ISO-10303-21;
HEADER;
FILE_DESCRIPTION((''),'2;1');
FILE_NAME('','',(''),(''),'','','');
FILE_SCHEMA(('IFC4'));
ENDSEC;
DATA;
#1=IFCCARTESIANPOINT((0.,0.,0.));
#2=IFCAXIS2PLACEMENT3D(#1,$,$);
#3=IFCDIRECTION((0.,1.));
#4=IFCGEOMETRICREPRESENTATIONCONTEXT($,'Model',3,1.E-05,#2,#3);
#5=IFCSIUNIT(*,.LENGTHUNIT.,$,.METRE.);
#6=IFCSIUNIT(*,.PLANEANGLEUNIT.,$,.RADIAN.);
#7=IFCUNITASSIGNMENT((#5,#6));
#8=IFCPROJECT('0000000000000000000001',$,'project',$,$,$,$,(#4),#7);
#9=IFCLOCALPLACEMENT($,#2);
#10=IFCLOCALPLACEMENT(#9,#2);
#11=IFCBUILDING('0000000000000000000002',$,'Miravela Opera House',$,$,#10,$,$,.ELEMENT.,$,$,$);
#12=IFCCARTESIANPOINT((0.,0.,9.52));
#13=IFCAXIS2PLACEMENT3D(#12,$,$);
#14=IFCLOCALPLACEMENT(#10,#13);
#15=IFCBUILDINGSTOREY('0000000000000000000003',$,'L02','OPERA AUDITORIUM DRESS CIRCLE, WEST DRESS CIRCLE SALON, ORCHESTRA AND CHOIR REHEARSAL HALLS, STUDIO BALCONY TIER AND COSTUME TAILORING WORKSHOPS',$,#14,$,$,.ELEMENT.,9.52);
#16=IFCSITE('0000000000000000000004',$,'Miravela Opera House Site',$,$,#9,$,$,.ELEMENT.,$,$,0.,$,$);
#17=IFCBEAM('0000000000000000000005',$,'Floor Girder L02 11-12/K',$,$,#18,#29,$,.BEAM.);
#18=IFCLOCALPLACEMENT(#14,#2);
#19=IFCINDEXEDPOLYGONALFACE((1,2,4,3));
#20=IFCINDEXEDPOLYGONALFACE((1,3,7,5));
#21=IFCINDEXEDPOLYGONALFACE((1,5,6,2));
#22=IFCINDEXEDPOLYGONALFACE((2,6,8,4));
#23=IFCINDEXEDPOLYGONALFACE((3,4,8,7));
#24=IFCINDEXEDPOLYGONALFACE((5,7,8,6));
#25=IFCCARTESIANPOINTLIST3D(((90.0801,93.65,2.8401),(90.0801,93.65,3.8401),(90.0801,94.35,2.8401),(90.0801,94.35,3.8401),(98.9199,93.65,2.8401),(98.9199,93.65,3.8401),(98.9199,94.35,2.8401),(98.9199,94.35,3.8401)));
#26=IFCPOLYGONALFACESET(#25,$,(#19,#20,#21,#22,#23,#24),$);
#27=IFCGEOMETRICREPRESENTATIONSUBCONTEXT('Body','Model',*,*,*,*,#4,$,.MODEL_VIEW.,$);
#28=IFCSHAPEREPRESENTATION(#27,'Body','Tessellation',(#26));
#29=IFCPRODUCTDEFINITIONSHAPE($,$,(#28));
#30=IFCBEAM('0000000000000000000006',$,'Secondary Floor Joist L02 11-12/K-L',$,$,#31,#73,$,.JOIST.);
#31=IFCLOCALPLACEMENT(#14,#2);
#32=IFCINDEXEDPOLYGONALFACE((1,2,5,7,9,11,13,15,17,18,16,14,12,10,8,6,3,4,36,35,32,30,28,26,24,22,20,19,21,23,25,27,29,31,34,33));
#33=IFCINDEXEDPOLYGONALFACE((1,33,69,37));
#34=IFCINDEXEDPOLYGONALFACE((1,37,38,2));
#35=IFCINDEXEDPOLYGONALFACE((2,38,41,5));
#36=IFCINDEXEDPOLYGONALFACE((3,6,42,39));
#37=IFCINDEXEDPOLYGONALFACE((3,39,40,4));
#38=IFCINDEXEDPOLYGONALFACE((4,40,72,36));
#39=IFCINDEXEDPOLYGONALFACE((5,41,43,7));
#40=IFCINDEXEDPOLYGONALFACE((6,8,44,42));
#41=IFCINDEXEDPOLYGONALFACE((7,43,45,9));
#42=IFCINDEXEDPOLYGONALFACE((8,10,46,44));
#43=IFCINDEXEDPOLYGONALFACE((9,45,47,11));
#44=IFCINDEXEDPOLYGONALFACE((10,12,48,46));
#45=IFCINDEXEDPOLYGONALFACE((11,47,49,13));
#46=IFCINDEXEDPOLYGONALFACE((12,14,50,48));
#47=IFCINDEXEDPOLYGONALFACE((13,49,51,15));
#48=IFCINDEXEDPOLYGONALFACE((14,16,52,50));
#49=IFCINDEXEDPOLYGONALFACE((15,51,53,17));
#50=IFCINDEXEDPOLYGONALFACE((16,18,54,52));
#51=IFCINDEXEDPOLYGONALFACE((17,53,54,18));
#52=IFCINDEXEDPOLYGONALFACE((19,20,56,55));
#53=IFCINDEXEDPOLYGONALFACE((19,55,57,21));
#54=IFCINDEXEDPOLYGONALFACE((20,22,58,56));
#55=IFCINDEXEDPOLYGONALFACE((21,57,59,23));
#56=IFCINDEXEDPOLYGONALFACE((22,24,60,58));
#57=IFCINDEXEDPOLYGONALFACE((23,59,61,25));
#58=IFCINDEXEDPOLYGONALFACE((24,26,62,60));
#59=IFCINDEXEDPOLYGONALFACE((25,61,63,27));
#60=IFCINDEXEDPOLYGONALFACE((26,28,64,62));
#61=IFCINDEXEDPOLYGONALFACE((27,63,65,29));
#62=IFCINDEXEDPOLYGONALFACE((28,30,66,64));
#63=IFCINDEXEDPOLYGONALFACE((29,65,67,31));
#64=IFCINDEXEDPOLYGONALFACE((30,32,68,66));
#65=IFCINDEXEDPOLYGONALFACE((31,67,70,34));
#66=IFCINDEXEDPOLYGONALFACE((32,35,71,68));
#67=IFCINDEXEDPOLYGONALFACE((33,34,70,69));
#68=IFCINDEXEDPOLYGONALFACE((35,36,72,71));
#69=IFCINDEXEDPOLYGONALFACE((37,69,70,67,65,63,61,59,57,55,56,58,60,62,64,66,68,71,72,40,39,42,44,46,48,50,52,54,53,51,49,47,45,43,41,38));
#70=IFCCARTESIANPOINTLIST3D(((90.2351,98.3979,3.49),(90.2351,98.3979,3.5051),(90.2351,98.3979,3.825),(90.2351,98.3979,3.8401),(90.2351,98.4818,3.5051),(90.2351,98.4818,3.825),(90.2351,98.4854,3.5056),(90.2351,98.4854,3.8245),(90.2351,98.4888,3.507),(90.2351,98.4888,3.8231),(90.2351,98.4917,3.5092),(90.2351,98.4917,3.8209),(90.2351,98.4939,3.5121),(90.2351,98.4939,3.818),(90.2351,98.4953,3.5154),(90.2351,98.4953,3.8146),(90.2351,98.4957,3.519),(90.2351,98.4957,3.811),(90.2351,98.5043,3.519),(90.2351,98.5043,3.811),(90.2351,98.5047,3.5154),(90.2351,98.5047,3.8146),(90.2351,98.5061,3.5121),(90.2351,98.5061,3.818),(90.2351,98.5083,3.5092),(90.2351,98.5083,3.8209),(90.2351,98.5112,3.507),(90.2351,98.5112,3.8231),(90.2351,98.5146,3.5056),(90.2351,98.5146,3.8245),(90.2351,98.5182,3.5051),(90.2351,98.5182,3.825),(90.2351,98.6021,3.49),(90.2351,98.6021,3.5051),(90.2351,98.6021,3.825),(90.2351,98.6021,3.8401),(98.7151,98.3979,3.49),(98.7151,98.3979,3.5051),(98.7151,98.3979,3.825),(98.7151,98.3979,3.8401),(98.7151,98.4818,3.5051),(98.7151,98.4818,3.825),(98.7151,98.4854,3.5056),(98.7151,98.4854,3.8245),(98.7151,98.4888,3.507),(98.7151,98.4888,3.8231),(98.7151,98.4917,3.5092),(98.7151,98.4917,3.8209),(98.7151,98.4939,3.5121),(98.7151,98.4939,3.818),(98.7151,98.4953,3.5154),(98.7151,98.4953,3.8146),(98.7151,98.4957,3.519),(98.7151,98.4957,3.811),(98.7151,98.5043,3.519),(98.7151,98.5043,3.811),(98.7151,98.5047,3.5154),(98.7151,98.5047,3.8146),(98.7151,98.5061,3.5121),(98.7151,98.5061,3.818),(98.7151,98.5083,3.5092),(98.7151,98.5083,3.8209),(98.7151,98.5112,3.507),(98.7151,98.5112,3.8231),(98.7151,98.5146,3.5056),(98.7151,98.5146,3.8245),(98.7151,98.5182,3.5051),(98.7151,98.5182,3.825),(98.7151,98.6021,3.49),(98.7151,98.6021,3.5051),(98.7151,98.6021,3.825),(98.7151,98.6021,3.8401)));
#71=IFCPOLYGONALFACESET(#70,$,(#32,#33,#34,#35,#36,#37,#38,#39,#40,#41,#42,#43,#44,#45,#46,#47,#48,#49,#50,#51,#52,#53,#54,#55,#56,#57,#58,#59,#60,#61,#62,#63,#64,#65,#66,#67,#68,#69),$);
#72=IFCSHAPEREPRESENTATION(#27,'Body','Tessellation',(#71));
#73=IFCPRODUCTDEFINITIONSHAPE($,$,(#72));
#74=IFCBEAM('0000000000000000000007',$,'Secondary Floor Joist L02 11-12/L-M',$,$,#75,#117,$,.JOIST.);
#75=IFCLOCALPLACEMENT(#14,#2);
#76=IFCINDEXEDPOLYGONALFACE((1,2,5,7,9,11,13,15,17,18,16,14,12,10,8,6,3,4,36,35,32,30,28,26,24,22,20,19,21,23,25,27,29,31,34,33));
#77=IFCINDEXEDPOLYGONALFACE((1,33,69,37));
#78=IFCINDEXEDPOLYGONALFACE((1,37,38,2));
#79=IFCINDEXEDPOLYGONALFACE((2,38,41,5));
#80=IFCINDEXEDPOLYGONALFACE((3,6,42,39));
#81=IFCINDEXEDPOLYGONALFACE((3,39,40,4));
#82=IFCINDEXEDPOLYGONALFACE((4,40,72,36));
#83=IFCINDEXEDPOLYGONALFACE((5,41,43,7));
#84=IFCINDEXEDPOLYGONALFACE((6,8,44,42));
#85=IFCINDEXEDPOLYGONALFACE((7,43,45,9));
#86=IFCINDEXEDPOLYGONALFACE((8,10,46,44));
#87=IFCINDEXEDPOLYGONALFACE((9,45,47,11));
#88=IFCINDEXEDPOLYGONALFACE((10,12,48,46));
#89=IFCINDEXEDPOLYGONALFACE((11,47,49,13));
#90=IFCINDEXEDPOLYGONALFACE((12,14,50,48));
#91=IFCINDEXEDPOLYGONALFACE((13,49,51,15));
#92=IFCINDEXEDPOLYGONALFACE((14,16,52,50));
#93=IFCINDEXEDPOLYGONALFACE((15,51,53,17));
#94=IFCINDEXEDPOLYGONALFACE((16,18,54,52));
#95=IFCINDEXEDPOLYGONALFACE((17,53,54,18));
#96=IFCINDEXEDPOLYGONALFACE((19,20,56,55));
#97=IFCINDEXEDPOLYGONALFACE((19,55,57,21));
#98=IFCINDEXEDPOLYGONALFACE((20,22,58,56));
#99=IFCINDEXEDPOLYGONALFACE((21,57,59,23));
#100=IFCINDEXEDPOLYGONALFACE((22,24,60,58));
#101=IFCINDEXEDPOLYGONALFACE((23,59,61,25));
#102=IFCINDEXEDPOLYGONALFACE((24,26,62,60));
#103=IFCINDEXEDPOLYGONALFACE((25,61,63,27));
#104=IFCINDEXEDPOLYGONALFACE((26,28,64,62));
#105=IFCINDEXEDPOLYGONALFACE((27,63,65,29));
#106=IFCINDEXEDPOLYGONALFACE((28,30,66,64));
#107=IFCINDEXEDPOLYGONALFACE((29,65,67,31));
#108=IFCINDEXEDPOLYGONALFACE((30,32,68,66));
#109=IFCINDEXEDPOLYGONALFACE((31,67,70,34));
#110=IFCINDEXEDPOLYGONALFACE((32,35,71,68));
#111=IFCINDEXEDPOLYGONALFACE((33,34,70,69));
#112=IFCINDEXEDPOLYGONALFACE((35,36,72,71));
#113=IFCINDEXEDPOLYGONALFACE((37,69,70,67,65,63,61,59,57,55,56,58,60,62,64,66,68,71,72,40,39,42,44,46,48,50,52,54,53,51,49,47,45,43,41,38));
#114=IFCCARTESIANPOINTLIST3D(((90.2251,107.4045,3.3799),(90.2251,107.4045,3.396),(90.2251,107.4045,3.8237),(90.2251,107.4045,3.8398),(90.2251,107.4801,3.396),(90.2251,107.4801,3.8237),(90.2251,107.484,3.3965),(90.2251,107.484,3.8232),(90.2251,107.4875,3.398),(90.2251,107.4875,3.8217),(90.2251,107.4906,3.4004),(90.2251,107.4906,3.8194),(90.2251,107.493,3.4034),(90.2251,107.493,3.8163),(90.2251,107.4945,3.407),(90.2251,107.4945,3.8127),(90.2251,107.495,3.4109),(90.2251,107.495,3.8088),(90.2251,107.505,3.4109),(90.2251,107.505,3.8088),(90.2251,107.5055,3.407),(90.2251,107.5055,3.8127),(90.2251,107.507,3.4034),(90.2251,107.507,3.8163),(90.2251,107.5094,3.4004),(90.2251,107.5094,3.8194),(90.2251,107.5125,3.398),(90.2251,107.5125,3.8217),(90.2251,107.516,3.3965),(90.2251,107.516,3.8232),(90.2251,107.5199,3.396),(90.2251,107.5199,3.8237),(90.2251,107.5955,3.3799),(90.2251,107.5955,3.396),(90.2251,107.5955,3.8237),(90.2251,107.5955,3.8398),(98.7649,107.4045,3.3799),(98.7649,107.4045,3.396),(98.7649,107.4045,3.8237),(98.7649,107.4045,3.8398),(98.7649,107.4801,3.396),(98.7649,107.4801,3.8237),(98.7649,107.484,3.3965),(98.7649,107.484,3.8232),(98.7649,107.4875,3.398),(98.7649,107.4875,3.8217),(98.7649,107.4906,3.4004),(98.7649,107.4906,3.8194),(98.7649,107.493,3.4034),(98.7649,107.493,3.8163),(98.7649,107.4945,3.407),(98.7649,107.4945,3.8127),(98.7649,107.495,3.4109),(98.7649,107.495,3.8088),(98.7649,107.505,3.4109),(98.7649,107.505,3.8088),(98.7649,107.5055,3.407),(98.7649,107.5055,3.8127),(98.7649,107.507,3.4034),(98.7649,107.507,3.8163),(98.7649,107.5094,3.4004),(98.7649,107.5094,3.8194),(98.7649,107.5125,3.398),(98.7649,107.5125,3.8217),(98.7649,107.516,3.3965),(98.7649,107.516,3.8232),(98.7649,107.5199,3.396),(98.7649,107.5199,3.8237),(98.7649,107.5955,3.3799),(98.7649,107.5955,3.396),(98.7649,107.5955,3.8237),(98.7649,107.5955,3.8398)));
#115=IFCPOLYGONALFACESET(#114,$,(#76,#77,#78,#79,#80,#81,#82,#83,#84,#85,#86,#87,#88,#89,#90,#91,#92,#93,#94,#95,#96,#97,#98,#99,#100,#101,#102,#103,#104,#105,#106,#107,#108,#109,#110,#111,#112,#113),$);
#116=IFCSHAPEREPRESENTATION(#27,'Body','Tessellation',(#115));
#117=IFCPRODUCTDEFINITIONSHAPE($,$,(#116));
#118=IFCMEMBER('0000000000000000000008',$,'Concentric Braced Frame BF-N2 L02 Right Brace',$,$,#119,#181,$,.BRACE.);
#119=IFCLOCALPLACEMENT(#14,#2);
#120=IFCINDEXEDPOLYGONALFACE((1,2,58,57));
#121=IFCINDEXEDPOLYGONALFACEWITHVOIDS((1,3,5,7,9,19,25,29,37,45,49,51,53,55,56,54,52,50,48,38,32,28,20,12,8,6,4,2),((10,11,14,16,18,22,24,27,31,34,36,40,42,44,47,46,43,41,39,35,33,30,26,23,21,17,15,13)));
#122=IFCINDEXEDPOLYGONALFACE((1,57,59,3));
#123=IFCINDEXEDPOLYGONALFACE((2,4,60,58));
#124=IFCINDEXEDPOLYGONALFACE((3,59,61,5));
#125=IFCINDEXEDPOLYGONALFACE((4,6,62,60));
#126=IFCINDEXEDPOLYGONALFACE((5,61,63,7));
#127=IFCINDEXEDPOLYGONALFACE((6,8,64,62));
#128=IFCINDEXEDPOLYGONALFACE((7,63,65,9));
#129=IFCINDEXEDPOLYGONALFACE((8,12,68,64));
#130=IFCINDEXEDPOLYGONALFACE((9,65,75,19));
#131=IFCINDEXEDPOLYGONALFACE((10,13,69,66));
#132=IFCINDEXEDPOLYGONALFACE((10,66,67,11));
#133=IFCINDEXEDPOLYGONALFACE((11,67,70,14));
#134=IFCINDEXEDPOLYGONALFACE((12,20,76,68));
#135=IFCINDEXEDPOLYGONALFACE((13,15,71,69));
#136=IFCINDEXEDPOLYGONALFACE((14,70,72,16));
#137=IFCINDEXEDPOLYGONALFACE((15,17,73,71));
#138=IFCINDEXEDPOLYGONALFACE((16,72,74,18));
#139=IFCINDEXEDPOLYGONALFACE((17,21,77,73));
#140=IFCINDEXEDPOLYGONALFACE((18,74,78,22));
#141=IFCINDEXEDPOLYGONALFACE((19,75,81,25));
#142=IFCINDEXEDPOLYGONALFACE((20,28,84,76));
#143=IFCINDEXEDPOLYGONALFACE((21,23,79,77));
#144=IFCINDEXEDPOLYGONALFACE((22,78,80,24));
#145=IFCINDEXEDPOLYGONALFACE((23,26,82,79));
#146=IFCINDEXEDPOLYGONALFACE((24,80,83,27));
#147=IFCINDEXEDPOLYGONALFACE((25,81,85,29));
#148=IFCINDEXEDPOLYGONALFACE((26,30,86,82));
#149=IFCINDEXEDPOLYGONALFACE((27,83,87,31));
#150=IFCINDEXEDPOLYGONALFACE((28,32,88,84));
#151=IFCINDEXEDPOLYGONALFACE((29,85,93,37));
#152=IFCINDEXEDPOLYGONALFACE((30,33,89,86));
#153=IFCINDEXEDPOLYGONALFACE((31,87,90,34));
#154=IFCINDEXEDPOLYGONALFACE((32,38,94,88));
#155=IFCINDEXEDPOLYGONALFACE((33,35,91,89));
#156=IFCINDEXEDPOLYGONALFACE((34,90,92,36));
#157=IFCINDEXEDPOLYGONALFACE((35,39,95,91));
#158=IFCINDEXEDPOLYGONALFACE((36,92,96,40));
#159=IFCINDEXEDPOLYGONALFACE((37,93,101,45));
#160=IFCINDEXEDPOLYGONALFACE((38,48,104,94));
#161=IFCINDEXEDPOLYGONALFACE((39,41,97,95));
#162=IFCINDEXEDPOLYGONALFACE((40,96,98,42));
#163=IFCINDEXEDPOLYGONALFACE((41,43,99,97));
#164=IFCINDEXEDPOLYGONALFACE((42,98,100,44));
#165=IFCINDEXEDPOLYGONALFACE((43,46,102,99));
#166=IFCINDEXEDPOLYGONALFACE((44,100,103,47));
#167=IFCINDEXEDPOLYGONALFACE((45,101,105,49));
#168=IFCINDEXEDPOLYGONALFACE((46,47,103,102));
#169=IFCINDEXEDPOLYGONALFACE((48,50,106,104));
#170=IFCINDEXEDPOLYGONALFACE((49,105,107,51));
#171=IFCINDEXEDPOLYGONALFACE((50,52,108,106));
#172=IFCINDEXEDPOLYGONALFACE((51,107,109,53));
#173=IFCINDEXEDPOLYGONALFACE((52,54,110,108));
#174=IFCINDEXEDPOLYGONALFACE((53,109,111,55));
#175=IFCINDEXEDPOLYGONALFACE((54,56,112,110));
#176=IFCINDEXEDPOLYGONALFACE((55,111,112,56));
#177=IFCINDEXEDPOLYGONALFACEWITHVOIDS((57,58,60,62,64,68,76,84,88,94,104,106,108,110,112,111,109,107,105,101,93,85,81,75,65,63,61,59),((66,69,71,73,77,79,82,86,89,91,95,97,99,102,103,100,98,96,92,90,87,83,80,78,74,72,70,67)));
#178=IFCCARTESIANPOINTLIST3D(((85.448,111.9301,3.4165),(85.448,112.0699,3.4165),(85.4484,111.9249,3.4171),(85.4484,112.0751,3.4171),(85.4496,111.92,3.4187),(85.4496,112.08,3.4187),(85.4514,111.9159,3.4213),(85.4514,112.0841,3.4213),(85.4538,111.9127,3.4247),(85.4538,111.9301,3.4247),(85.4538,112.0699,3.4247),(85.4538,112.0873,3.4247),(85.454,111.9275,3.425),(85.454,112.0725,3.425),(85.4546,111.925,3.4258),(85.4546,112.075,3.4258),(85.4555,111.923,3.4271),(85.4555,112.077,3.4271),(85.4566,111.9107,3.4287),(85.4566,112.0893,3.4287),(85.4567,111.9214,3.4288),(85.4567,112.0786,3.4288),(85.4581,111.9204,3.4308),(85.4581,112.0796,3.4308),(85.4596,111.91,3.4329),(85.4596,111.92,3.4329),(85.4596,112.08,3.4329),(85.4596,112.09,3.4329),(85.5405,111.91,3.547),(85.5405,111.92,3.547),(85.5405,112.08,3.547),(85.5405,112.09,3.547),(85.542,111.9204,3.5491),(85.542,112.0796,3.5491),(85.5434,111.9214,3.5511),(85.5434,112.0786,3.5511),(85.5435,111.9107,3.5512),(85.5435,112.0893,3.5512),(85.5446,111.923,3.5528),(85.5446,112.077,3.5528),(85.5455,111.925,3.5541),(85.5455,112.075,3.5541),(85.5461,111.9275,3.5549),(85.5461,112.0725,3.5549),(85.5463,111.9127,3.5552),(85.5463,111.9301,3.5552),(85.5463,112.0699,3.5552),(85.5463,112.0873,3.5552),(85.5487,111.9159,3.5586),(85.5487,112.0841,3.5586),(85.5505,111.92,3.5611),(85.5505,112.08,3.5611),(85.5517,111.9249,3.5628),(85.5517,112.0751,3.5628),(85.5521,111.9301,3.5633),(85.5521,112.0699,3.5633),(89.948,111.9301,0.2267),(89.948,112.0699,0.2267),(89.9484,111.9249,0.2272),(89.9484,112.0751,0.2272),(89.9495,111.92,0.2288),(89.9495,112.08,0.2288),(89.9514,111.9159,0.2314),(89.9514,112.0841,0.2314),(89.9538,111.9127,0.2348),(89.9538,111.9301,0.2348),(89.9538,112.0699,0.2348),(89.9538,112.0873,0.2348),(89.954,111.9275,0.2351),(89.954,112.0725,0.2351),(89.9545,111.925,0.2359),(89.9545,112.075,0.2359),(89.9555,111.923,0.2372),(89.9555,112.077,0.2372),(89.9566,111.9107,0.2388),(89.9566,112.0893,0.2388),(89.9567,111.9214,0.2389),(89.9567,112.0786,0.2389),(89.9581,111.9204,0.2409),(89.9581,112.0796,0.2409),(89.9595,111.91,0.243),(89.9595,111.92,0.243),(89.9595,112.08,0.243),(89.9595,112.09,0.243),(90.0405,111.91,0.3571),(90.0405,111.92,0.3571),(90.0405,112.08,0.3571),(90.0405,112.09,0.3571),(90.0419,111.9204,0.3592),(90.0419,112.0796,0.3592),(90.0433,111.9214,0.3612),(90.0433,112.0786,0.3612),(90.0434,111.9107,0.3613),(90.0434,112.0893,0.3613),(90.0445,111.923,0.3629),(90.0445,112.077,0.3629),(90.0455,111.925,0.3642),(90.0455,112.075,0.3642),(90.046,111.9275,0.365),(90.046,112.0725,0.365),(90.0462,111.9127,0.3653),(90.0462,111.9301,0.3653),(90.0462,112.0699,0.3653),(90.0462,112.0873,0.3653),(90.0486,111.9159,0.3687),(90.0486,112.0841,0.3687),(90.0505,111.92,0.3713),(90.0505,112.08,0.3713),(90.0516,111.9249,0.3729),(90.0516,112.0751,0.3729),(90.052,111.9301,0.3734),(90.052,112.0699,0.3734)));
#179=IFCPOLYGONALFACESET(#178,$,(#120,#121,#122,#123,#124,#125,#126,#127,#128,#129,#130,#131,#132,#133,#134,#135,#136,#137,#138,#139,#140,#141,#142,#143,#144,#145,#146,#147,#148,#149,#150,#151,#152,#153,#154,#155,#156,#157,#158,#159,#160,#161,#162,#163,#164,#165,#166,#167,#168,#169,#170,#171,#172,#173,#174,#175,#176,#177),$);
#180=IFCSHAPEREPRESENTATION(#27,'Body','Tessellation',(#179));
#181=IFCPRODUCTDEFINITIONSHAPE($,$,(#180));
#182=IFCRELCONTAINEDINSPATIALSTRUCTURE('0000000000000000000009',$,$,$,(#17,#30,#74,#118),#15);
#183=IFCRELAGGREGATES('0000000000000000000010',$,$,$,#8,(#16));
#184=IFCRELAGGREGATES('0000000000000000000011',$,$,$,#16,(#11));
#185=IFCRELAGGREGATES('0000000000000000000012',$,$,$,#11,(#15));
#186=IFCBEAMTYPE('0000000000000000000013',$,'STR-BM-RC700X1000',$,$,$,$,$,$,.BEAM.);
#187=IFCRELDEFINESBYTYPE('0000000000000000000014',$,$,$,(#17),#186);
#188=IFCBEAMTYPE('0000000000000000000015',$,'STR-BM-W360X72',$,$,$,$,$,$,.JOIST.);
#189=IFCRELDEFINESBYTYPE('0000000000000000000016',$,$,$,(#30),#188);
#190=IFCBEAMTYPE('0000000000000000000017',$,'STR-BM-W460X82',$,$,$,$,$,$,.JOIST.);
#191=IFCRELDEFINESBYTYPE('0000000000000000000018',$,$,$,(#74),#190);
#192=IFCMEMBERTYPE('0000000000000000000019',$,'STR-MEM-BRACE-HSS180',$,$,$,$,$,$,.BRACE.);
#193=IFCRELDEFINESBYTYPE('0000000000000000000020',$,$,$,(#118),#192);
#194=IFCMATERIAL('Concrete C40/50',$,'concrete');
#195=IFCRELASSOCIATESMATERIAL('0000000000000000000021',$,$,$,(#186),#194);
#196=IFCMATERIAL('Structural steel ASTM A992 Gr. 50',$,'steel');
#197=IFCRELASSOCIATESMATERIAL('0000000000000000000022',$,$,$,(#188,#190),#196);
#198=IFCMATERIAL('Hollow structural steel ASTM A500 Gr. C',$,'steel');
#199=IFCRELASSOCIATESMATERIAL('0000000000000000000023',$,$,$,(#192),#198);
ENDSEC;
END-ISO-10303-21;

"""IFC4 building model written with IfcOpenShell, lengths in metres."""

from ifc_helpers import new_model, si_unit, direction, frame, origin, origin_2d, place, context, subcontext, project, spatial, rectangle, hollow_rectangle, i_section, extrude, material, material_profile, profile_set, type_object, element, save


model = new_model("IFC4")

# Units and contexts
model_context = context("Model", 3, precision=1e-05, world=origin(), true_north=direction((0.0, 1.0)))
body_context = subcontext(model_context, "Body", "Model", "MODEL_VIEW")
ifc_project = project(units=[si_unit("LENGTHUNIT", "METRE"), si_unit("PLANEANGLEUNIT", "RADIAN")], contexts=[model_context])

# Site, building, storey
site_placement = place(None, origin())
site = spatial("IfcSite", under=ifc_project, at=site_placement, Name="Miravela Opera House Site", CompositionType="ELEMENT", RefElevation=0.0)
building_placement = place(site_placement, origin())
building = spatial("IfcBuilding", under=site, at=building_placement, Name="Miravela Opera House", CompositionType="ELEMENT")
storey_placement = place(building_placement, frame((0.0, 0.0, 9.52)))
storey = spatial("IfcBuildingStorey", under=building, at=storey_placement, Name="L02", Description="OPERA AUDITORIUM DRESS CIRCLE, WEST DRESS CIRCLE SALON, ORCHESTRA AND CHOIR REHEARSAL HALLS, STUDIO BALCONY TIER AND COSTUME TAILORING WORKSHOPS", CompositionType="ELEMENT", Elevation=9.52)

# Shared definitions
ifc_material_1 = material(Name="Hollow structural steel ASTM A500 Gr. C", Category="steel")

# Beams
ifc_material_2 = material(Name="Concrete C40/50", Category="concrete")
ifc_material_profile_1 = material_profile(ifc_material_2, rectangle(XDim=0.7, YDim=1.0, at=origin_2d()), Name="RC-BM-700X1000")
ifc_profile_set_1 = profile_set([ifc_material_profile_1])
beam_type_1 = type_object("IfcBeamType", Name="STR-BM-RC700X1000", PredefinedType="BEAM", material=ifc_profile_set_1)
beam_1_placement = place(storey_placement, frame((90.0801, 94.0, 3.3401), z_axis=(1.0, 0.0, 0.0), x_axis=(0.0, 1.0, 0.0)))
element("IfcBeam", 1, at=beam_1_placement, inside=storey, type_object=beam_type_1, Name="Floor Girder L02 11-12/K", PredefinedType="BEAM", context=body_context, shape_type="SweptSolid", body=[
    extrude(rectangle(XDim=0.7, YDim=1.0, at=origin_2d()), origin(), (0.0, 0.0, 1.0), 8.8398),
])
ifc_material_3 = material(Name="Structural steel ASTM A992 Gr. 50", Category="steel")
ifc_material_profile_2 = material_profile(ifc_material_3, i_section(OverallWidth=0.2041, OverallDepth=0.3501, WebThickness=0.0085, FlangeThickness=0.0151, FilletRadius=0.0139, at=origin_2d()), Name="W360X72")
ifc_profile_set_2 = profile_set([ifc_material_profile_2])
beam_type_2 = type_object("IfcBeamType", Name="STR-BM-W360X72", PredefinedType="JOIST", material=ifc_profile_set_2)
beam_2_placement = place(storey_placement, frame((90.2351, 98.5, 3.665), z_axis=(1.0, 0.0, 0.0), x_axis=(0.0, 1.0, 0.0)))
element("IfcBeam", 2, at=beam_2_placement, inside=storey, type_object=beam_type_2, Name="Secondary Floor Joist L02 11-12/K-L", PredefinedType="JOIST", context=body_context, shape_type="SweptSolid", body=[
    extrude(i_section(OverallWidth=0.2041, OverallDepth=0.3501, WebThickness=0.0085, FlangeThickness=0.0151, FilletRadius=0.0139, at=origin_2d()), origin(), (0.0, 0.0, 1.0), 8.48),
])
ifc_material_profile_3 = material_profile(ifc_material_3, i_section(OverallWidth=0.1909, OverallDepth=0.46, WebThickness=0.01, FlangeThickness=0.0161, FilletRadius=0.0149, at=origin_2d()), Name="W460X82")
ifc_profile_set_3 = profile_set([ifc_material_profile_3])
beam_type_3 = type_object("IfcBeamType", Name="STR-BM-W460X82", PredefinedType="JOIST", material=ifc_profile_set_3)
beam_3_placement = place(storey_placement, frame((90.2251, 107.5, 3.6099), z_axis=(1.0, 0.0, 0.0), x_axis=(0.0, 1.0, 0.0)))
element("IfcBeam", 3, at=beam_3_placement, inside=storey, type_object=beam_type_3, Name="Secondary Floor Joist L02 11-12/L-M", PredefinedType="JOIST", context=body_context, shape_type="SweptSolid", body=[
    extrude(i_section(OverallWidth=0.1909, OverallDepth=0.46, WebThickness=0.01, FlangeThickness=0.0161, FilletRadius=0.0149, at=origin_2d()), origin(), (0.0, 0.0, 1.0), 8.5398),
])

# Member
ifc_material_profile_4 = material_profile(ifc_material_1, hollow_rectangle(XDim=0.1799, YDim=0.1799, WallThickness=0.01, InnerFilletRadius=0.01, OuterFilletRadius=0.02, at=origin_2d()), Name="HSS180X180X10")
ifc_profile_set_4 = profile_set([ifc_material_profile_4])
member_type = type_object("IfcMemberType", Name="STR-MEM-BRACE-HSS180", PredefinedType="BRACE", material=ifc_profile_set_4)
member_placement = place(storey_placement, frame((90.0, 112.0, 0.3), z_axis=(-0.815816, 0.0, 0.578312), x_axis=(0.0, -1.0, 0.0)))
element("IfcMember", 4, at=member_placement, inside=storey, type_object=member_type, Name="Concentric Braced Frame BF-N2 L02 Right Brace", PredefinedType="BRACE", context=body_context, shape_type="SweptSolid", body=[
    extrude(hollow_rectangle(XDim=0.1799, YDim=0.1799, WallThickness=0.01, InnerFilletRadius=0.01, OuterFilletRadius=0.02, at=origin_2d()), origin(), (0.0, 0.0, 1.0), 5.5159),
])

save(model, "model.ifc")
